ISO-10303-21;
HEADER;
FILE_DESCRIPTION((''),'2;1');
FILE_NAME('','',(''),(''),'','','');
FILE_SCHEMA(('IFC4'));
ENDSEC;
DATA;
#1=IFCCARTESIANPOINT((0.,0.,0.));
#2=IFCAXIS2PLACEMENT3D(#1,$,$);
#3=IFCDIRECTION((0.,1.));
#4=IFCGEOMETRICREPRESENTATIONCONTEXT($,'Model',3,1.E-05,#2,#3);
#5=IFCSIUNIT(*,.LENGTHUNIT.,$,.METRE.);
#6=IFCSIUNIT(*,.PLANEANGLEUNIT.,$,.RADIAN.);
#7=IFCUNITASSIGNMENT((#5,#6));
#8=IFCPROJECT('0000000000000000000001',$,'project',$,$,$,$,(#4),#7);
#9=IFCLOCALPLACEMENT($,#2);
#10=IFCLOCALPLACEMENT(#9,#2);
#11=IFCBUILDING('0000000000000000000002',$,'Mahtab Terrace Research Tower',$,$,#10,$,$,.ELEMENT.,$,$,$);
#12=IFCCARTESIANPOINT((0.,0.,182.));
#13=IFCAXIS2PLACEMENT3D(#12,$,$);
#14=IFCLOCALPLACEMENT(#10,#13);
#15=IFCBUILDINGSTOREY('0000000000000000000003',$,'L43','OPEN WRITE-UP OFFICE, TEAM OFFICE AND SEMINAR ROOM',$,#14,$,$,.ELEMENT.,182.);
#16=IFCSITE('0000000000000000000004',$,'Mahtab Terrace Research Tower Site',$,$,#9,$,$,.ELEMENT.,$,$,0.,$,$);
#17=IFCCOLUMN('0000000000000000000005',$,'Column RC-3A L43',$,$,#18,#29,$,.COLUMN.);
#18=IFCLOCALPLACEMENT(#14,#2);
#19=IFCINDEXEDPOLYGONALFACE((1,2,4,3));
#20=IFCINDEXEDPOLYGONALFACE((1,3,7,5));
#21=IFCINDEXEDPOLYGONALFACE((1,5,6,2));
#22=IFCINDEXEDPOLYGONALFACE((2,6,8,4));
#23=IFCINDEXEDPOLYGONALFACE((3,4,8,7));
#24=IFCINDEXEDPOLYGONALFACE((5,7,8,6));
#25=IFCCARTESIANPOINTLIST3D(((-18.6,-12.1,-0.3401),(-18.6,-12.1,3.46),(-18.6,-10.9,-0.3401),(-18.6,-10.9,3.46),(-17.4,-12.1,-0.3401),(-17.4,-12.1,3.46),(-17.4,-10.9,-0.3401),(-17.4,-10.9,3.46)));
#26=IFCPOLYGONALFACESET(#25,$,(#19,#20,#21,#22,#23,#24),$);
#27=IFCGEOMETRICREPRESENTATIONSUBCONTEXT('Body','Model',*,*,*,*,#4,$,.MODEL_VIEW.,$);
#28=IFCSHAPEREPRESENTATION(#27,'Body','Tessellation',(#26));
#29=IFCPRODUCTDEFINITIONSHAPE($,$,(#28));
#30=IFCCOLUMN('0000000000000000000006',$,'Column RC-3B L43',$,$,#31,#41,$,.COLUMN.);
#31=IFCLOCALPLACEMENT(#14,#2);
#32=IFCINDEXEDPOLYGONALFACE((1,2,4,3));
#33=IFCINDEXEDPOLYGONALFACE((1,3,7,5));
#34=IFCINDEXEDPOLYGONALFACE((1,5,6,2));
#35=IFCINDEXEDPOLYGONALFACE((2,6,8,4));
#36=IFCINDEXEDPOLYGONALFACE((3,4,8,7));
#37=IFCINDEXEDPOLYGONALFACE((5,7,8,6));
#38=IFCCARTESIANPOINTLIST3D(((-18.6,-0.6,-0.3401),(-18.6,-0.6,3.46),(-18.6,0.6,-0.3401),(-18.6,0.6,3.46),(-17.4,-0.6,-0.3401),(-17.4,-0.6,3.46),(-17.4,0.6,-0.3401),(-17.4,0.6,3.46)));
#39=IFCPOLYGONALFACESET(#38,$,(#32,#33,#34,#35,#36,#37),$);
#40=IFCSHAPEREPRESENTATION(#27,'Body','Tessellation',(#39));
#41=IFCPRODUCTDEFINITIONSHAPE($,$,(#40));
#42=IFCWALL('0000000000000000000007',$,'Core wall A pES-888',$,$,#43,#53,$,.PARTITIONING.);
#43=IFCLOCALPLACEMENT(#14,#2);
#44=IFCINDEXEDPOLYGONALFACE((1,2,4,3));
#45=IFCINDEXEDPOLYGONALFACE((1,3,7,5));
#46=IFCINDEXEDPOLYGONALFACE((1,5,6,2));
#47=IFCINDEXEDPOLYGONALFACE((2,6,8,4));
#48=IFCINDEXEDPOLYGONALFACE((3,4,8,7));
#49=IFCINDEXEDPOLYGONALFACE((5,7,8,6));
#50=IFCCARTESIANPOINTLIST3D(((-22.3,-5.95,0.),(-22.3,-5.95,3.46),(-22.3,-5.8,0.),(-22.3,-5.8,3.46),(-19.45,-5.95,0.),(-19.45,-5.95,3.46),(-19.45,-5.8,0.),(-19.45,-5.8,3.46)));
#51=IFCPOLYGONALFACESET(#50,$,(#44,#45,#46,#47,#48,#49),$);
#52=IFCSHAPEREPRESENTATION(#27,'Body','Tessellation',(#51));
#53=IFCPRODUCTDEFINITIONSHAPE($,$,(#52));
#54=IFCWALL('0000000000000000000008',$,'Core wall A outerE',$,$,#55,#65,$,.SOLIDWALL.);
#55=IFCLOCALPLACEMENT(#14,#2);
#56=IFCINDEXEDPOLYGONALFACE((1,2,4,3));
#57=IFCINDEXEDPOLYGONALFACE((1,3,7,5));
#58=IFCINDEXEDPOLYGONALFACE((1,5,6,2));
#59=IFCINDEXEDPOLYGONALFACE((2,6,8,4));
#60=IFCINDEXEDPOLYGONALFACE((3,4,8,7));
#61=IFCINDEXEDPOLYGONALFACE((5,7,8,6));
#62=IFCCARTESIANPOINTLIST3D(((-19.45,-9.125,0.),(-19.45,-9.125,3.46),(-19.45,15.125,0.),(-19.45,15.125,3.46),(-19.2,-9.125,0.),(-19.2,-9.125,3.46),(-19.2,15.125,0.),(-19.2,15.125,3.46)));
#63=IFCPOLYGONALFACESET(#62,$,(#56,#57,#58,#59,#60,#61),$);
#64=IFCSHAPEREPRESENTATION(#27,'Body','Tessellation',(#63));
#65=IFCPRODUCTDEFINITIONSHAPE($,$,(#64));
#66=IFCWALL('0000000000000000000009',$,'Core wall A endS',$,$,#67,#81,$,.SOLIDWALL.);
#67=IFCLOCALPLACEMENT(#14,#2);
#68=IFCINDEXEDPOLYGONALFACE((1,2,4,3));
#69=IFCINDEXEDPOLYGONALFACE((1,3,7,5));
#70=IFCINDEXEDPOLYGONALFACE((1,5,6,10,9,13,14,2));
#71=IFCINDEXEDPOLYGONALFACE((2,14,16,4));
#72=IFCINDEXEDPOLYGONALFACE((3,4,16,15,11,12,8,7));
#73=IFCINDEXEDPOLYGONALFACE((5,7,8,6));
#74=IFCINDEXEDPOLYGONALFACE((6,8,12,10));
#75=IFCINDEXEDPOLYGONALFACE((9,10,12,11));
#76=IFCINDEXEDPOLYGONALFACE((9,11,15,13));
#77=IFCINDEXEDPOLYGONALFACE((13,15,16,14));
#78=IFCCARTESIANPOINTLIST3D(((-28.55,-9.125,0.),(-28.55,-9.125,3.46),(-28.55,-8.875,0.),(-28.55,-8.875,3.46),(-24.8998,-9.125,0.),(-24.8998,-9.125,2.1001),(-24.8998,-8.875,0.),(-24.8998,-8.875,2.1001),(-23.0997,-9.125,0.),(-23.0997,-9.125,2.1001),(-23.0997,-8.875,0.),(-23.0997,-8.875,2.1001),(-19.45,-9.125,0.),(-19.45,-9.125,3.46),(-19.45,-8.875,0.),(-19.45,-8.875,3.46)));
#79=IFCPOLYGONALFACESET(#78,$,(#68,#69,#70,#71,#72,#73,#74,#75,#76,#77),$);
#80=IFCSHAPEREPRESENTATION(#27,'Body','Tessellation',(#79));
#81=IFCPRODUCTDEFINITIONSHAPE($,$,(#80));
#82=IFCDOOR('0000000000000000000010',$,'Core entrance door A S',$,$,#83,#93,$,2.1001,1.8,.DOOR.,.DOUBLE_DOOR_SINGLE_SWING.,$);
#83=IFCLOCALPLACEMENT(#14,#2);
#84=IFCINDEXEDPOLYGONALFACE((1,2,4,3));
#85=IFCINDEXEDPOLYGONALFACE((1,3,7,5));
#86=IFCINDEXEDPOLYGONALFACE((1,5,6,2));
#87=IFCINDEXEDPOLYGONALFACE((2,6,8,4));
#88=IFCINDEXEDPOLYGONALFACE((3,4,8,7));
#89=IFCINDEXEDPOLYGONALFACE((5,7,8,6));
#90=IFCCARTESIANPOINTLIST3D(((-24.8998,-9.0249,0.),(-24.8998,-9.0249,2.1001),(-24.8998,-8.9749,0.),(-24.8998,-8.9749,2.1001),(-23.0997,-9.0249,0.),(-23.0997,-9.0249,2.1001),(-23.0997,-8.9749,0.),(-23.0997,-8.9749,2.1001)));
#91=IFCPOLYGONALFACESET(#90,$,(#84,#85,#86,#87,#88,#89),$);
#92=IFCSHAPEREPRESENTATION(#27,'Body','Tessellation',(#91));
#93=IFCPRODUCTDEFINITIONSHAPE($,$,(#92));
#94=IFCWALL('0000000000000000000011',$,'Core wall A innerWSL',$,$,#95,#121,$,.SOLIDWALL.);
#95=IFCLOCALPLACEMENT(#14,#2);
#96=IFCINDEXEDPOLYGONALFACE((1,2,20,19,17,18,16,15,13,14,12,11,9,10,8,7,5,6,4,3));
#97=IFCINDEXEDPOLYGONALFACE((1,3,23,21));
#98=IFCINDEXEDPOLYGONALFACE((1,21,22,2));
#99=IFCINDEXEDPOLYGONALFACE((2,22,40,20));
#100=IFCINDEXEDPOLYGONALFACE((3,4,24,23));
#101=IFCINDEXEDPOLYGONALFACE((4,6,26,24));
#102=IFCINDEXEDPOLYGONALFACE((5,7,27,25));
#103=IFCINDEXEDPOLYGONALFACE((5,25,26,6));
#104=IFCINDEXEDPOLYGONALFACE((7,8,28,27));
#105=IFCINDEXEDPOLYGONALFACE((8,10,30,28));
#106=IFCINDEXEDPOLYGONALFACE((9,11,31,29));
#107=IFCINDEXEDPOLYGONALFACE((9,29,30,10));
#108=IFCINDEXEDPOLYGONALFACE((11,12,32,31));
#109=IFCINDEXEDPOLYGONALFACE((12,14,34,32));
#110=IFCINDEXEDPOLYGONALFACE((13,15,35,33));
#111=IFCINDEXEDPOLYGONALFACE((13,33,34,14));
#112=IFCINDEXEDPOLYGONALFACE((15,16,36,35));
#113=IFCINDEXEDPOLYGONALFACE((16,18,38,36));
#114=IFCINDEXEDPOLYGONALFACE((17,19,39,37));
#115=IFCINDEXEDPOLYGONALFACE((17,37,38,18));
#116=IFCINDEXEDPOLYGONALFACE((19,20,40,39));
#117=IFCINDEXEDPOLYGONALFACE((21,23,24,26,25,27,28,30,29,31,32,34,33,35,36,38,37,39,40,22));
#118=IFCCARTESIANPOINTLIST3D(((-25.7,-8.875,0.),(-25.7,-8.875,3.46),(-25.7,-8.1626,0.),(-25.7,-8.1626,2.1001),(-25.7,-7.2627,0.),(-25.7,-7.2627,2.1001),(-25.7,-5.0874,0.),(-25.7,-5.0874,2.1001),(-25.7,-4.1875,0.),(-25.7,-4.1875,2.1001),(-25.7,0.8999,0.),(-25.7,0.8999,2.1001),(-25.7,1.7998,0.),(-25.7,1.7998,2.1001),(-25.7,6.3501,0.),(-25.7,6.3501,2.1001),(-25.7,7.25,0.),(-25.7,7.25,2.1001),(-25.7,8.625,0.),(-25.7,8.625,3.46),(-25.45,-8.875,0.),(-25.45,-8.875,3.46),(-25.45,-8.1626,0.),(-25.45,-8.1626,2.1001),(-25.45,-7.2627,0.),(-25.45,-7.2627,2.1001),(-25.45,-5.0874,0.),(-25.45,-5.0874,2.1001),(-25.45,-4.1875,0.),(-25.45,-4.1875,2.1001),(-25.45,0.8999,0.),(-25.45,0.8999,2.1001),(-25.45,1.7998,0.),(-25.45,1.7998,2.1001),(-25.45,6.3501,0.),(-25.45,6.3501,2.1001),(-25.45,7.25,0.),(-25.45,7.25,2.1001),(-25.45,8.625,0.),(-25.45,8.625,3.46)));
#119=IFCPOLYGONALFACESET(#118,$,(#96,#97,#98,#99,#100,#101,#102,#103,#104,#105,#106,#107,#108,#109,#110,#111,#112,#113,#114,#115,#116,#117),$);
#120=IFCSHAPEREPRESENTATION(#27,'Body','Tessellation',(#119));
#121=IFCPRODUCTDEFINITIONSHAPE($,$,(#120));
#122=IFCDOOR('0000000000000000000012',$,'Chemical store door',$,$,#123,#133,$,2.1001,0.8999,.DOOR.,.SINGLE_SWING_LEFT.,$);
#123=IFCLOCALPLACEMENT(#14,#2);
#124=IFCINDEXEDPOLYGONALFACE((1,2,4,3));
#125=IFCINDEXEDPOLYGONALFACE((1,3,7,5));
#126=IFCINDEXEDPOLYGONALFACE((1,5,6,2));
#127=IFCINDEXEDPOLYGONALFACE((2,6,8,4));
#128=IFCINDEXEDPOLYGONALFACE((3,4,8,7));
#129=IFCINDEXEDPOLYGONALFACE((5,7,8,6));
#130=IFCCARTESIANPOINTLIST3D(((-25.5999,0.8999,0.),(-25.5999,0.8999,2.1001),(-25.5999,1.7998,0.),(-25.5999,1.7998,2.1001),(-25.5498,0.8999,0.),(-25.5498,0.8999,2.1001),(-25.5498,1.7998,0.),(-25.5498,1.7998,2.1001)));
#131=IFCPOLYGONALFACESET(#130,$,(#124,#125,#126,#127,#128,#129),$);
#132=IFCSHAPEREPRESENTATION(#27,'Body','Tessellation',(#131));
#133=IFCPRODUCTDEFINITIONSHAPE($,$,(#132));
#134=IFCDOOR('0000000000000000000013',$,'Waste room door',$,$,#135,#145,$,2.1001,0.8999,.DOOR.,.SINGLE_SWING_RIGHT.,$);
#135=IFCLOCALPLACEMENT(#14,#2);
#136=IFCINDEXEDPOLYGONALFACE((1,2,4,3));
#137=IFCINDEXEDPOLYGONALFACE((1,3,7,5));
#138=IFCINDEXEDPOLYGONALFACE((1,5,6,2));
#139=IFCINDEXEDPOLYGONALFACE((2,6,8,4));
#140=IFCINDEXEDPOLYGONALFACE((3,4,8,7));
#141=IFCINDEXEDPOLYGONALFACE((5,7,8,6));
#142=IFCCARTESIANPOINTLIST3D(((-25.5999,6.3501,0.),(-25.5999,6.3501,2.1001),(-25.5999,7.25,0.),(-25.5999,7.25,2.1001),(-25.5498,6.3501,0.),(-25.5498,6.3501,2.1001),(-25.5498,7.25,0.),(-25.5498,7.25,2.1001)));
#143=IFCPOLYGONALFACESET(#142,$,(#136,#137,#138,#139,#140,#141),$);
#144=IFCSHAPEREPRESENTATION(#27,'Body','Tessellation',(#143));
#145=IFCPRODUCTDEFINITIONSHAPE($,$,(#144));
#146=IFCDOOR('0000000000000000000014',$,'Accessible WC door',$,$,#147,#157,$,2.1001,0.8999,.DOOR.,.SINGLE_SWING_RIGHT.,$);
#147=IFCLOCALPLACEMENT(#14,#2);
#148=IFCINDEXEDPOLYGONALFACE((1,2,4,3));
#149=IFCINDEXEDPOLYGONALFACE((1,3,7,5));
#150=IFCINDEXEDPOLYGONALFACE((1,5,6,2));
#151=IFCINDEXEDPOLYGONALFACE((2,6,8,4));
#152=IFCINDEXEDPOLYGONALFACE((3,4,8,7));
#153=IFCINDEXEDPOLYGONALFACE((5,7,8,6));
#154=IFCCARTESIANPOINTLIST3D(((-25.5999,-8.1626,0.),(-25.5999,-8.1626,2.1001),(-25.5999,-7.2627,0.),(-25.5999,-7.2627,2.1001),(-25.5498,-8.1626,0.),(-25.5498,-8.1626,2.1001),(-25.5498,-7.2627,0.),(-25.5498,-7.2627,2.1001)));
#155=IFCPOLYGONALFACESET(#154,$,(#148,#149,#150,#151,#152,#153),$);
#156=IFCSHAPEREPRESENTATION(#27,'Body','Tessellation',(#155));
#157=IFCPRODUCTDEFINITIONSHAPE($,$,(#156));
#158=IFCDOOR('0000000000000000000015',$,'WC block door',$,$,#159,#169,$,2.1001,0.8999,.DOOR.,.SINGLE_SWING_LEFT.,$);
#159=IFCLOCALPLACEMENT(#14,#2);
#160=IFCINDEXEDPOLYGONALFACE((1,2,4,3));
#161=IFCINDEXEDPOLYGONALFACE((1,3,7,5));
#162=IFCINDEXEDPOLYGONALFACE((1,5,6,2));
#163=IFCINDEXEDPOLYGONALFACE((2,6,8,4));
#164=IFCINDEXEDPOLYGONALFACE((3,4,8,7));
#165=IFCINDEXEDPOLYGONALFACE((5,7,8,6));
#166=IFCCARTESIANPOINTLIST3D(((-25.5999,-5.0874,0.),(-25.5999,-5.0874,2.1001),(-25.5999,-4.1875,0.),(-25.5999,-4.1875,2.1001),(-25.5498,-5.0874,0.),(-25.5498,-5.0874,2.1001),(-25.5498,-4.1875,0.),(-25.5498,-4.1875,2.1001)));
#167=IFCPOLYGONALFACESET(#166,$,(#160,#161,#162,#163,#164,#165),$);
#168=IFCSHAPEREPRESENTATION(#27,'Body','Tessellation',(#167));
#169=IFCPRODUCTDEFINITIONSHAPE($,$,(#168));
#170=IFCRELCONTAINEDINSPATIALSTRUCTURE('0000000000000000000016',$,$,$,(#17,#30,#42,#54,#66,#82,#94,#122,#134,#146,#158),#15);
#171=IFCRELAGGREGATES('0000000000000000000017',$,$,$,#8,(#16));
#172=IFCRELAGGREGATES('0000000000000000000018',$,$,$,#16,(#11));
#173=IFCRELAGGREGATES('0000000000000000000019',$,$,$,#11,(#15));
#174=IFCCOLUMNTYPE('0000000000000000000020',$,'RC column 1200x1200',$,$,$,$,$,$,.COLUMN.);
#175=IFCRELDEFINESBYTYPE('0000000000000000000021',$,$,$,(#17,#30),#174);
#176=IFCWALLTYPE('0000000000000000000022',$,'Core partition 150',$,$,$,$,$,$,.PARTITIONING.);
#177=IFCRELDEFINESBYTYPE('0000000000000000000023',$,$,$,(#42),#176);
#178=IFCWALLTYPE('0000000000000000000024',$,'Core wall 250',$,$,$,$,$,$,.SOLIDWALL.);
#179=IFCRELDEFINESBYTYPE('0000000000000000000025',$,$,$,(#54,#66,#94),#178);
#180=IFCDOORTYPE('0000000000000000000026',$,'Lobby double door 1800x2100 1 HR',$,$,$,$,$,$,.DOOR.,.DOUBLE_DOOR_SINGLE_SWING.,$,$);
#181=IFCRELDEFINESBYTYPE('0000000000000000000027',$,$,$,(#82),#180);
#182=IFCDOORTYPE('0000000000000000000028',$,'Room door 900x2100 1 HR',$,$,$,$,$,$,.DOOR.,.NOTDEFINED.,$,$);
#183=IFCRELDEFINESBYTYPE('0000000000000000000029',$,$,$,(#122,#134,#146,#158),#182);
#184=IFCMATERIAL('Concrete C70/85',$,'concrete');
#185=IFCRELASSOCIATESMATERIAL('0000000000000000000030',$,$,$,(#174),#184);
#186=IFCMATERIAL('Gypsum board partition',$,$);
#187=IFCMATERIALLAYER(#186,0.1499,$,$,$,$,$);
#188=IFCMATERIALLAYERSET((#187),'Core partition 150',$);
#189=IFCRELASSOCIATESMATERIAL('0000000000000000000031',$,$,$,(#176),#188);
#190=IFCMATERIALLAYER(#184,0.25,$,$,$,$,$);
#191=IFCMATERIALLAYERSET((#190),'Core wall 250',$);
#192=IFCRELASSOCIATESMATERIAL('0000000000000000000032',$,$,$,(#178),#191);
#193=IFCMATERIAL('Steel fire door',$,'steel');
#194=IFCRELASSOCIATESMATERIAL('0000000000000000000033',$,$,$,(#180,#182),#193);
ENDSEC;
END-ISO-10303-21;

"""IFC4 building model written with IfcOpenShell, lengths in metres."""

from ifc_helpers import new_model, si_unit, direction, frame, frame_2d, origin, origin_2d, place, context, subcontext, project, spatial, rectangle, extrude, material, layer, layer_set, material_profile, profile_set, type_object, element, fill, save


model = new_model("IFC4")

# Units and contexts
model_context = context("Model", 3, precision=1e-05, world=origin(), true_north=direction((0.0, 1.0)))
body_context = subcontext(model_context, "Body", "Model", "MODEL_VIEW")
ifc_project = project(units=[si_unit("LENGTHUNIT", "METRE"), si_unit("PLANEANGLEUNIT", "RADIAN")], contexts=[model_context])

# Site, building, storey
site_placement = place(None, origin())
site = spatial("IfcSite", under=ifc_project, at=site_placement, Name="Mahtab Terrace Research Tower Site", CompositionType="ELEMENT", RefElevation=0.0)
building_placement = place(site_placement, origin())
building = spatial("IfcBuilding", under=site, at=building_placement, Name="Mahtab Terrace Research Tower", CompositionType="ELEMENT")
storey_placement = place(building_placement, frame((0.0, 0.0, 182.0)))
storey = spatial("IfcBuildingStorey", under=building, at=storey_placement, Name="L43", Description="OPEN WRITE-UP OFFICE, TEAM OFFICE AND SEMINAR ROOM", CompositionType="ELEMENT", Elevation=182.0)

# Columns
ifc_material_1 = material(Name="Concrete C70/85", Category="concrete")
ifc_material_profile = material_profile(ifc_material_1, rectangle(XDim=1.2, YDim=1.2, at=origin_2d()), Name="RC column 1200x1200")
ifc_profile_set = profile_set([ifc_material_profile], Name="Concrete C70/85")
column_type = type_object("IfcColumnType", Name="RC column 1200x1200", PredefinedType="COLUMN", material=ifc_profile_set)
for number, where, z_axis, x_axis, name in (
    (1, (-18.0, -11.5, -0.3401), (0.0, 0.0, 1.0), (1.0, 0.0, 0.0), "Column RC-3A L43"),
    (2, (-18.0, 0.0, -0.3401), (0.0, 0.0, 1.0), (1.0, 0.0, 0.0), "Column RC-3B L43"),
):
    element("IfcColumn", number, at=place(storey_placement, frame(where, z_axis=z_axis, x_axis=x_axis)), inside=storey, type_object=column_type, Name=name, PredefinedType="COLUMN", context=body_context, shape_type="SweptSolid", body=[
        extrude(rectangle(XDim=1.2, YDim=1.2, at=origin_2d()), origin(), (0.0, 0.0, 1.0), 3.8),
    ])

# Walls
ifc_material_2 = material(Name="Gypsum board partition")
ifc_layer_1 = layer(ifc_material_2, 0.1499)
ifc_layer_set_1 = layer_set([ifc_layer_1], Name="Core partition 150")
wall_type_1 = type_object("IfcWallType", Name="Core partition 150", PredefinedType="PARTITIONING", material=ifc_layer_set_1)
wall_1_placement = place(storey_placement, frame((-22.3, -5.875, 0.0), z_axis=(0.0, 0.0, 1.0), x_axis=(1.0, 0.0, 0.0)))
element("IfcWall", 3, at=wall_1_placement, inside=storey, type_object=wall_type_1, Name="Core wall A pES-888", PredefinedType="PARTITIONING", context=body_context, shape_type="SweptSolid", body=[
    extrude(rectangle(XDim=2.8501, YDim=0.1499, at=frame_2d((1.425, 0.0))), origin(), (0.0, 0.0, 1.0), 3.46),
])
ifc_layer_2 = layer(ifc_material_1, 0.25)
ifc_layer_set_2 = layer_set([ifc_layer_2], Name="Core wall 250")
wall_type_2 = type_object("IfcWallType", Name="Core wall 250", PredefinedType="SOLIDWALL", material=ifc_layer_set_2)
wall_2_placement = place(storey_placement, frame((-19.325, -9.125, 0.0), z_axis=(0.0, 0.0, 1.0), x_axis=(0.0, 1.0, 0.0)))
element("IfcWall", 4, at=wall_2_placement, inside=storey, type_object=wall_type_2, Name="Core wall A outerE", PredefinedType="SOLIDWALL", context=body_context, shape_type="SweptSolid", body=[
    extrude(rectangle(XDim=24.25, YDim=0.25, at=frame_2d((12.125, 0.0))), origin(), (0.0, 0.0, 1.0), 3.46),
])

# Wall, opening, door
wall_3_placement = place(storey_placement, frame((-19.45, -9.0, 0.0), z_axis=(0.0, 0.0, 1.0), x_axis=(-1.0, 0.0, 0.0)))
wall_3 = element("IfcWall", 5, at=wall_3_placement, inside=storey, type_object=wall_type_2, Name="Core wall A endS", PredefinedType="SOLIDWALL", context=body_context, shape_type="SweptSolid", body=[
    extrude(rectangle(XDim=9.1001, YDim=0.25, at=frame_2d((4.55, 0.0))), origin(), (0.0, 0.0, 1.0), 3.46),
])
opening_1_placement = place(wall_3_placement, frame((3.6499, 0.0, 0.0)))
opening_1 = element("IfcOpeningElement", 6, at=opening_1_placement, cuts=wall_3, PredefinedType="OPENING", context=body_context, shape_type="SweptSolid", body=[
    extrude(rectangle(XDim=1.8, YDim=2.1001, at=frame_2d((0.8999, 1.05))), frame((0.0, 0.135, 0.0), z_axis=(0.0, -1.0, 0.0), x_axis=(1.0, 0.0, 0.0)), (0.0, 0.0, 1.0), 0.27),
])
ifc_material_3 = material(Name="Steel fire door", Category="steel")
door_type_1 = type_object("IfcDoorType", Name="Lobby double door 1800x2100 1 HR", OperationType="DOUBLE_DOOR_SINGLE_SWING", PredefinedType="DOOR", material=ifc_material_3)
door_1_placement = place(opening_1_placement, origin())
door_1 = element("IfcDoor", 7, at=door_1_placement, inside=storey, type_object=door_type_1, Name="Core entrance door A S", OperationType="DOUBLE_DOOR_SINGLE_SWING", OverallHeight=2.1001, OverallWidth=1.8, PredefinedType="DOOR", context=body_context, shape_type="SweptSolid", body=[
    extrude(rectangle(XDim=1.8, YDim=2.1001, at=frame_2d((0.8999, 1.05))), frame((0.0, 0.0249, 0.0), z_axis=(0.0, -1.0, 0.0), x_axis=(1.0, 0.0, 0.0)), (0.0, 0.0, 1.0), 0.05),
])
fill(opening_1, door_1)

# Wall, openings, doors
wall_4_placement = place(storey_placement, frame((-25.575, -8.875, 0.0), z_axis=(0.0, 0.0, 1.0), x_axis=(0.0, 1.0, 0.0)))
wall_4 = element("IfcWall", 8, at=wall_4_placement, inside=storey, type_object=wall_type_2, Name="Core wall A innerWSL", PredefinedType="SOLIDWALL", context=body_context, shape_type="SweptSolid", body=[
    extrude(rectangle(XDim=17.5, YDim=0.25, at=frame_2d((8.75, 0.0))), origin(), (0.0, 0.0, 1.0), 3.46),
])
opening_2_placement = place(wall_4_placement, frame((9.7749, 0.0, 0.0)))
opening_2 = element("IfcOpeningElement", 9, at=opening_2_placement, cuts=wall_4, PredefinedType="OPENING", context=body_context, shape_type="SweptSolid", body=[
    extrude(rectangle(XDim=0.8999, YDim=2.1001, at=frame_2d((0.45, 1.05))), frame((0.0, 0.135, 0.0), z_axis=(0.0, -1.0, 0.0), x_axis=(1.0, 0.0, 0.0)), (0.0, 0.0, 1.0), 0.27),
])
opening_3_placement = place(wall_4_placement, frame((15.2251, 0.0, 0.0)))
opening_3 = element("IfcOpeningElement", 10, at=opening_3_placement, cuts=wall_4, PredefinedType="OPENING", context=body_context, shape_type="SweptSolid", body=[
    extrude(rectangle(XDim=0.8999, YDim=2.1001, at=frame_2d((0.45, 1.05))), frame((0.0, 0.135, 0.0), z_axis=(0.0, -1.0, 0.0), x_axis=(1.0, 0.0, 0.0)), (0.0, 0.0, 1.0), 0.27),
])
opening_4_placement = place(wall_4_placement, frame((0.7124, 0.0, 0.0)))
opening_4 = element("IfcOpeningElement", 11, at=opening_4_placement, cuts=wall_4, PredefinedType="OPENING", context=body_context, shape_type="SweptSolid", body=[
    extrude(rectangle(XDim=0.8999, YDim=2.1001, at=frame_2d((0.45, 1.05))), frame((0.0, 0.135, 0.0), z_axis=(0.0, -1.0, 0.0), x_axis=(1.0, 0.0, 0.0)), (0.0, 0.0, 1.0), 0.27),
])
opening_5_placement = place(wall_4_placement, frame((3.7876, 0.0, 0.0)))
opening_5 = element("IfcOpeningElement", 12, at=opening_5_placement, cuts=wall_4, PredefinedType="OPENING", context=body_context, shape_type="SweptSolid", body=[
    extrude(rectangle(XDim=0.8999, YDim=2.1001, at=frame_2d((0.45, 1.05))), frame((0.0, 0.135, 0.0), z_axis=(0.0, -1.0, 0.0), x_axis=(1.0, 0.0, 0.0)), (0.0, 0.0, 1.0), 0.27),
])
door_type_2 = type_object("IfcDoorType", Name="Room door 900x2100 1 HR", OperationType="NOTDEFINED", PredefinedType="DOOR", material=ifc_material_3)
door_2_placement = place(opening_2_placement, origin())
door_2 = element("IfcDoor", 13, at=door_2_placement, inside=storey, type_object=door_type_2, Name="Chemical store door", OperationType="SINGLE_SWING_LEFT", OverallHeight=2.1001, OverallWidth=0.8999, PredefinedType="DOOR", context=body_context, shape_type="SweptSolid", body=[
    extrude(rectangle(XDim=0.8999, YDim=2.1001, at=frame_2d((0.45, 1.05))), frame((0.0, 0.0249, 0.0), z_axis=(0.0, -1.0, 0.0), x_axis=(1.0, 0.0, 0.0)), (0.0, 0.0, 1.0), 0.05),
])
fill(opening_2, door_2)
door_3_placement = place(opening_3_placement, origin())
door_3 = element("IfcDoor", 14, at=door_3_placement, inside=storey, type_object=door_type_2, Name="Waste room door", OperationType="SINGLE_SWING_RIGHT", OverallHeight=2.1001, OverallWidth=0.8999, PredefinedType="DOOR", context=body_context, shape_type="SweptSolid", body=[
    extrude(rectangle(XDim=0.8999, YDim=2.1001, at=frame_2d((0.45, 1.05))), frame((0.0, 0.0249, 0.0), z_axis=(0.0, -1.0, 0.0), x_axis=(1.0, 0.0, 0.0)), (0.0, 0.0, 1.0), 0.05),
])
fill(opening_3, door_3)
door_4_placement = place(opening_4_placement, origin())
door_4 = element("IfcDoor", 15, at=door_4_placement, inside=storey, type_object=door_type_2, Name="Accessible WC door", OperationType="SINGLE_SWING_RIGHT", OverallHeight=2.1001, OverallWidth=0.8999, PredefinedType="DOOR", context=body_context, shape_type="SweptSolid", body=[
    extrude(rectangle(XDim=0.8999, YDim=2.1001, at=frame_2d((0.45, 1.05))), frame((0.0, 0.0249, 0.0), z_axis=(0.0, -1.0, 0.0), x_axis=(1.0, 0.0, 0.0)), (0.0, 0.0, 1.0), 0.05),
])
fill(opening_4, door_4)
door_5_placement = place(opening_5_placement, origin())
door_5 = element("IfcDoor", 16, at=door_5_placement, inside=storey, type_object=door_type_2, Name="WC block door", OperationType="SINGLE_SWING_LEFT", OverallHeight=2.1001, OverallWidth=0.8999, PredefinedType="DOOR", context=body_context, shape_type="SweptSolid", body=[
    extrude(rectangle(XDim=0.8999, YDim=2.1001, at=frame_2d((0.45, 1.05))), frame((0.0, 0.0249, 0.0), z_axis=(0.0, -1.0, 0.0), x_axis=(1.0, 0.0, 0.0)), (0.0, 0.0, 1.0), 0.05),
])
fill(opening_5, door_5)

save(model, "model.ifc")
